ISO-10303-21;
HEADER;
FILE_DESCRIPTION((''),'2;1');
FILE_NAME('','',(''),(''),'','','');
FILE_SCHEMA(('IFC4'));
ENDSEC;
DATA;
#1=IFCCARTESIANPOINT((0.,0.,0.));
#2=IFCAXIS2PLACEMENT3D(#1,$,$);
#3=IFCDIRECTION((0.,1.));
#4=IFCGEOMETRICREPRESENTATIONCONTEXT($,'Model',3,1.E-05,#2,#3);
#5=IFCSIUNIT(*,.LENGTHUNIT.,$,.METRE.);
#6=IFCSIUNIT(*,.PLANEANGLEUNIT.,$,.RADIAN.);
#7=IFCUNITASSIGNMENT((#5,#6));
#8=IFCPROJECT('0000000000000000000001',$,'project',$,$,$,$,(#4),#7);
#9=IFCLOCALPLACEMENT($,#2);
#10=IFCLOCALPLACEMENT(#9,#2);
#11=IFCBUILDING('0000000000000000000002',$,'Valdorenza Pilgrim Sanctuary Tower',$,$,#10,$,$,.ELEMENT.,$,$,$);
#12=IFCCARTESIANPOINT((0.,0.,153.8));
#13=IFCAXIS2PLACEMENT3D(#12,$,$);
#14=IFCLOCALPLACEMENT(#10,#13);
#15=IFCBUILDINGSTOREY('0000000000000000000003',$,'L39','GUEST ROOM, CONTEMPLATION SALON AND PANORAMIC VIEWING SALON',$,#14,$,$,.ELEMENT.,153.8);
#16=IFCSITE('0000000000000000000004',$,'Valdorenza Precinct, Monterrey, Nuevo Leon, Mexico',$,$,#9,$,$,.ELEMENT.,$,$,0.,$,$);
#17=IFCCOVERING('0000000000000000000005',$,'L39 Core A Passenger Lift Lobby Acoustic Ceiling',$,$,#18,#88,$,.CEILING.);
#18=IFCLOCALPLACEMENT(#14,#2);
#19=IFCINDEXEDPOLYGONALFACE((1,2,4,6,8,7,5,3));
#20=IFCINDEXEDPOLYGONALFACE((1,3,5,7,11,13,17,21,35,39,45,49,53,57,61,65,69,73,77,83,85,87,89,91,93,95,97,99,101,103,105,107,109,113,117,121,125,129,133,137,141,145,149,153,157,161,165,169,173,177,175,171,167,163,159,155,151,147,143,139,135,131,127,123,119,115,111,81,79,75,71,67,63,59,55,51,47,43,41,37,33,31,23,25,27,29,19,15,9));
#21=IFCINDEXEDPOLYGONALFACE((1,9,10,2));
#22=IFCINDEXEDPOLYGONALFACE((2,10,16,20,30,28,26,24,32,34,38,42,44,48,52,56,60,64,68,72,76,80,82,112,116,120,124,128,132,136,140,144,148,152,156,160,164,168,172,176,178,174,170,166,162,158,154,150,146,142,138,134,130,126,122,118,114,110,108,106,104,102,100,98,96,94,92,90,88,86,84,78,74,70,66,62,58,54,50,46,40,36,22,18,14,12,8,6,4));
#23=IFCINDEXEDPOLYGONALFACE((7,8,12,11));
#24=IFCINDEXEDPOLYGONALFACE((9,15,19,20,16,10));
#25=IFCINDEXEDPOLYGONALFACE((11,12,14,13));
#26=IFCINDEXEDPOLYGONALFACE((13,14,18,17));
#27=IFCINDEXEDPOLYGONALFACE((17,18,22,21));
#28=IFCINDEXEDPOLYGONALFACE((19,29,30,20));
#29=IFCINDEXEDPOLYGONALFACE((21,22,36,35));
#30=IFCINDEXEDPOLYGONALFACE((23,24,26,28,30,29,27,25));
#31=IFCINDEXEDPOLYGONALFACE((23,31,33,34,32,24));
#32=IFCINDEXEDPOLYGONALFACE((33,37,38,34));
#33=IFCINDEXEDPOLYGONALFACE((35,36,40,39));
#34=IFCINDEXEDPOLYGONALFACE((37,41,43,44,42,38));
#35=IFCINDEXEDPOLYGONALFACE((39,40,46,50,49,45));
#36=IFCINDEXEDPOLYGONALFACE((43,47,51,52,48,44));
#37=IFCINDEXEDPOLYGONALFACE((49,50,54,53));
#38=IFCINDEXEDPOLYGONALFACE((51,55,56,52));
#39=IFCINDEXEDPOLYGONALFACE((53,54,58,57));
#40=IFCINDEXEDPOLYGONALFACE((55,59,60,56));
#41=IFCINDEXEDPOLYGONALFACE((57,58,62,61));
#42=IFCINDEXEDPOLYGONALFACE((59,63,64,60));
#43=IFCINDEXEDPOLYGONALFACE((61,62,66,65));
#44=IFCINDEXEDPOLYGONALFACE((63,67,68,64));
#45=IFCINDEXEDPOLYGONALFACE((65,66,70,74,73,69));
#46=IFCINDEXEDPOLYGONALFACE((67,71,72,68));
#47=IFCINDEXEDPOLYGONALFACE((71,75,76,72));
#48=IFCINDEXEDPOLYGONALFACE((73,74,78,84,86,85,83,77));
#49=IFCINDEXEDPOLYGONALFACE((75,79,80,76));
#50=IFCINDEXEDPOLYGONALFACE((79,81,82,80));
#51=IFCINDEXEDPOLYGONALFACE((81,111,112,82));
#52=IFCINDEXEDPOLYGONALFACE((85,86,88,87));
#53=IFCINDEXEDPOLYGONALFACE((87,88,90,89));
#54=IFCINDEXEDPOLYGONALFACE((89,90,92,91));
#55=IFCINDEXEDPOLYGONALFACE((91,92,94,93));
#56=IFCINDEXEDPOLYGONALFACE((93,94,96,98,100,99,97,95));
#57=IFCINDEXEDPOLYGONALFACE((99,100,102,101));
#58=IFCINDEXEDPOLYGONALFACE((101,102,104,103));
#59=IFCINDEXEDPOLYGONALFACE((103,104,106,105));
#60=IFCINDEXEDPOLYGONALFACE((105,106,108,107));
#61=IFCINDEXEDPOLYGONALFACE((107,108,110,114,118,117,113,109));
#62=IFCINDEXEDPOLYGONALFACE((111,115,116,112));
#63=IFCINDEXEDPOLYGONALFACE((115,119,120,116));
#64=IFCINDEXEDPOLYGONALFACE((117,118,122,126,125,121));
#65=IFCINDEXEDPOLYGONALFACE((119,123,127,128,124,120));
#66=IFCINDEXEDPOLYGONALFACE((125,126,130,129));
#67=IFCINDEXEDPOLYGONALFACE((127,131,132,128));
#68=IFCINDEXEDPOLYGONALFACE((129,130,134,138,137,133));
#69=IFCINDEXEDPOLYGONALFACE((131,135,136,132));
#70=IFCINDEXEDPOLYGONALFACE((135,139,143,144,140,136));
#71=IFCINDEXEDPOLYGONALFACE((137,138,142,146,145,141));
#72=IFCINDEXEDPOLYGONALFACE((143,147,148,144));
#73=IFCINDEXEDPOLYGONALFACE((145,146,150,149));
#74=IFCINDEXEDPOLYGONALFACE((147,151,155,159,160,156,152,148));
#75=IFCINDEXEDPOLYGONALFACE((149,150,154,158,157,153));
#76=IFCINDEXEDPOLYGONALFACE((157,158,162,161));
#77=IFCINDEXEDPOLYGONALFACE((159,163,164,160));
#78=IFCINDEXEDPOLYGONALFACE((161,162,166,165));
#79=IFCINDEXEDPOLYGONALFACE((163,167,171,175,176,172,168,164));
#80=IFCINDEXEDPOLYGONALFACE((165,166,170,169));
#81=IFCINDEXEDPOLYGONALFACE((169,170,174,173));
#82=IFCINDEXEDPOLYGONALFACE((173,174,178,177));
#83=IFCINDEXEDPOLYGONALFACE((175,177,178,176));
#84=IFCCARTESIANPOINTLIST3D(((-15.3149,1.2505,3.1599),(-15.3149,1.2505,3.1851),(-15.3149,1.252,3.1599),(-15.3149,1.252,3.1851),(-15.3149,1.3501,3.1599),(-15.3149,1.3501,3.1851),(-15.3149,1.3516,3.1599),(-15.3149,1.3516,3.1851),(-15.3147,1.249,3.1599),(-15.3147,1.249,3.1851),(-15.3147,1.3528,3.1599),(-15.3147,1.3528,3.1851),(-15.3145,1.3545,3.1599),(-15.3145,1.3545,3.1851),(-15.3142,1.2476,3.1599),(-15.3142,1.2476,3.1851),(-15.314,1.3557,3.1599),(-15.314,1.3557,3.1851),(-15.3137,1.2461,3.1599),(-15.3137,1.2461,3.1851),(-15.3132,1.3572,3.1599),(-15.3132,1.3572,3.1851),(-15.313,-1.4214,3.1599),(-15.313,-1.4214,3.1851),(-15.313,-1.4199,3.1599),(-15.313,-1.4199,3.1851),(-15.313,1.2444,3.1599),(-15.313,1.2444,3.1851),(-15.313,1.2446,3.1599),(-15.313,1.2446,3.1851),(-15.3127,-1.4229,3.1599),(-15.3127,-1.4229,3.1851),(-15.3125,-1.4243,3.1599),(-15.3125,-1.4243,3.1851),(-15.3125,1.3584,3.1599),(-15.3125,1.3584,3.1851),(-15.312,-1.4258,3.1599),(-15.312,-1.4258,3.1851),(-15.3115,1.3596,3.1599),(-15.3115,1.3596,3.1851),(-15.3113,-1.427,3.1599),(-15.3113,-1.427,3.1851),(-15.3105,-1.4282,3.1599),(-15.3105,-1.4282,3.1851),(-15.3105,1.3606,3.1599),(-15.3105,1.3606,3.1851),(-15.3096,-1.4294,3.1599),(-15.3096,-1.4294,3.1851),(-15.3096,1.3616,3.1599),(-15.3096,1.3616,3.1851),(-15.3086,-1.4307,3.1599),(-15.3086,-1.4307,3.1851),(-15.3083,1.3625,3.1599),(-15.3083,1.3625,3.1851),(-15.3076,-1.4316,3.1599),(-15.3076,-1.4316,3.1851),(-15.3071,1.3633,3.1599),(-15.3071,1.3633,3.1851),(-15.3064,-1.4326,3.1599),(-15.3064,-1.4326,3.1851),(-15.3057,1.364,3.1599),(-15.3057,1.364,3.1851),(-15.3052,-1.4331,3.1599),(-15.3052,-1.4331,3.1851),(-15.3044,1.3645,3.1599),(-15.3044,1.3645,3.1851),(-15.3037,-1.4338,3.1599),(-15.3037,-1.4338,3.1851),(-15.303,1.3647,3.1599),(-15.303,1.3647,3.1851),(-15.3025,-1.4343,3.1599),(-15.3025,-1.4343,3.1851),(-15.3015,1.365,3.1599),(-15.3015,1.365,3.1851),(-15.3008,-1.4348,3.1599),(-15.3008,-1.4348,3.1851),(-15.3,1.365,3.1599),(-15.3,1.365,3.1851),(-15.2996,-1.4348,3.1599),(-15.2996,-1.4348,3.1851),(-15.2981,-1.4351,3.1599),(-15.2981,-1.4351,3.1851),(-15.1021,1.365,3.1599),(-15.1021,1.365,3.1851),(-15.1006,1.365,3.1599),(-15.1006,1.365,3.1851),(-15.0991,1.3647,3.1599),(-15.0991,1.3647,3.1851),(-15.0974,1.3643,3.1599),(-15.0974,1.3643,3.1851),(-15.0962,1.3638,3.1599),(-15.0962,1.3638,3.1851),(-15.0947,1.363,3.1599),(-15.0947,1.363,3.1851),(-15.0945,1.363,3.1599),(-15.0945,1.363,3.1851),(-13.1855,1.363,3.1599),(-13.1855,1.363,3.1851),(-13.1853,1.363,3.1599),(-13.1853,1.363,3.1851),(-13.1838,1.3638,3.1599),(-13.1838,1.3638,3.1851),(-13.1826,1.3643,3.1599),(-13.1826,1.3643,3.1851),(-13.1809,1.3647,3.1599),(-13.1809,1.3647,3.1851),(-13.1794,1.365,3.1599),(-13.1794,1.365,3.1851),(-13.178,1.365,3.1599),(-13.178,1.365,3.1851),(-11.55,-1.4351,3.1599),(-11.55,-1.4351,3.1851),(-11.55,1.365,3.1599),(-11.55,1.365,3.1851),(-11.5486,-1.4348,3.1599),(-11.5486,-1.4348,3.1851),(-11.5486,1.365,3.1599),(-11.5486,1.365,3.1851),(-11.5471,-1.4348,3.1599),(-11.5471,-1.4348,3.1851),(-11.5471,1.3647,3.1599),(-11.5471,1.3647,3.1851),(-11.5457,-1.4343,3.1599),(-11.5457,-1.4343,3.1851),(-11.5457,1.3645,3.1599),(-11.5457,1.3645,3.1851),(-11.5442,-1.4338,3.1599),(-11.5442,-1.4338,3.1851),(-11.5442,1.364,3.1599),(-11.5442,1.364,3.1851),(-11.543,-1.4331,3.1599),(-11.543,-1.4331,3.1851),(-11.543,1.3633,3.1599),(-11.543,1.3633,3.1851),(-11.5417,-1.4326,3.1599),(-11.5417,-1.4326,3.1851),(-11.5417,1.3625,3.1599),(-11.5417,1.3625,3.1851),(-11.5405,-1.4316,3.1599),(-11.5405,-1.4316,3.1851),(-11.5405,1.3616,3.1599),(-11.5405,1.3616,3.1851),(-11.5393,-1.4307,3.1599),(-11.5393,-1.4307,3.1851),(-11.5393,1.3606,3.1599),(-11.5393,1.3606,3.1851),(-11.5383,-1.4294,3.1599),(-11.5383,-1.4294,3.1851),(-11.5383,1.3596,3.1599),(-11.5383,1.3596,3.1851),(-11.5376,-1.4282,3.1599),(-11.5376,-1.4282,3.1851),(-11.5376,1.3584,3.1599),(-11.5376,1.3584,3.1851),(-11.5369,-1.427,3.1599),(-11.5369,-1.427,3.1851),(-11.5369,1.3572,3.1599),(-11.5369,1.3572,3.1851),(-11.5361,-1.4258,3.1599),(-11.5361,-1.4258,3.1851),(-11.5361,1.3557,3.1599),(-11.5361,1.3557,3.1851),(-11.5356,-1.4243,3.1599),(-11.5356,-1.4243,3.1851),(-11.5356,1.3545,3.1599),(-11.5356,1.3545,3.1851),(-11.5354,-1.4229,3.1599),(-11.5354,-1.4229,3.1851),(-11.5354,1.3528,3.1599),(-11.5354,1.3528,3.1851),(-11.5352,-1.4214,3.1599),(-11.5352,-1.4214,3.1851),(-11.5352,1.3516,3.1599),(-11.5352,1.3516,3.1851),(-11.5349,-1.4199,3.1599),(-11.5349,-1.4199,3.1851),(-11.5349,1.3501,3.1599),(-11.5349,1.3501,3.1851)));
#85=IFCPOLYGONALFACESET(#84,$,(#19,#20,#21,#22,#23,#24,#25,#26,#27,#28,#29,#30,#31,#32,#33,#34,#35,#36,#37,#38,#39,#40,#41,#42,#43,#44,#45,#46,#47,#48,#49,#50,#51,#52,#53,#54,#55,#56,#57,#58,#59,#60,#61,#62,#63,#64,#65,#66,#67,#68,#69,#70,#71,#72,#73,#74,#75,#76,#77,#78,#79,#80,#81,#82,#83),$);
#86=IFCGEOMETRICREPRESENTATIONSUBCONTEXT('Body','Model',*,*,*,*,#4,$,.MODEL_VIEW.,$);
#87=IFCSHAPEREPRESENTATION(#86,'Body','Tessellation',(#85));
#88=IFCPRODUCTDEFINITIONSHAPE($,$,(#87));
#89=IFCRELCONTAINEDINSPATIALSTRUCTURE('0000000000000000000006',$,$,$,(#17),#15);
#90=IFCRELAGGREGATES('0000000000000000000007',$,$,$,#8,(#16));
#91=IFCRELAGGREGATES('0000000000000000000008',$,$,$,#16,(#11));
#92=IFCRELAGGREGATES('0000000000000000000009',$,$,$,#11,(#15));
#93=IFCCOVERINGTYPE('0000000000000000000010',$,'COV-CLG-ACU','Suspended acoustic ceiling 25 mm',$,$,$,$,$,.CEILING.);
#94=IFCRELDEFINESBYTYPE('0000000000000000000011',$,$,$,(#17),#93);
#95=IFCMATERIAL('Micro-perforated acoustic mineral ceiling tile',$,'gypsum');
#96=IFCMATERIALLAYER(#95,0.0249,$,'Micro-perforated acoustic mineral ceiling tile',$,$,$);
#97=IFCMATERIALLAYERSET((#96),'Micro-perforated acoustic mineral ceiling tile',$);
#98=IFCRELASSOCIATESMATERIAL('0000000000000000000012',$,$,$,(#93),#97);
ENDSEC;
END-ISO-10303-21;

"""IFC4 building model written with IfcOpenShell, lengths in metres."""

from ifc_helpers import new_model, si_unit, direction, frame, origin, place, context, subcontext, project, spatial, polyline, outline, extrude, material, layer, layer_set, type_object, element, save


model = new_model("IFC4")

# Units and contexts
model_context = context("Model", 3, precision=1e-05, world=origin(), true_north=direction((0.0, 1.0)))
body_context = subcontext(model_context, "Body", "Model", "MODEL_VIEW")
ifc_project = project(units=[si_unit("LENGTHUNIT", "METRE"), si_unit("PLANEANGLEUNIT", "RADIAN")], contexts=[model_context])

# Site, building, storey
site_placement = place(None, origin())
site = spatial("IfcSite", under=ifc_project, at=site_placement, Name="Valdorenza Precinct, Monterrey, Nuevo Leon, Mexico", CompositionType="ELEMENT", RefElevation=0.0)
building_placement = place(site_placement, origin())
building = spatial("IfcBuilding", under=site, at=building_placement, Name="Valdorenza Pilgrim Sanctuary Tower", CompositionType="ELEMENT")
storey_placement = place(building_placement, frame((0.0, 0.0, 153.8)))
storey = spatial("IfcBuildingStorey", under=building, at=storey_placement, Name="L39", Description="GUEST ROOM, CONTEMPLATION SALON AND PANORAMIC VIEWING SALON", CompositionType="ELEMENT", Elevation=153.8)

# Covering
ifc_material_1 = material(Name="Micro-perforated acoustic mineral ceiling tile", Category="gypsum")
ifc_layer_1 = layer(ifc_material_1, 0.0249, Name="Micro-perforated acoustic mineral ceiling tile")
ifc_layer_set_1 = layer_set([ifc_layer_1], Name="Micro-perforated acoustic mineral ceiling tile")
covering_type_1 = type_object("IfcCoveringType", Name="COV-CLG-ACU", Description="Suspended acoustic ceiling 25 mm", PredefinedType="CEILING", material=ifc_layer_set_1)
covering_1_placement = place(storey_placement, frame((0.0, 0.0, 3.1599)))
element("IfcCovering", 1, at=covering_1_placement, inside=storey, type_object=covering_type_1, Name="L39 Core A Passenger Lift Lobby Acoustic Ceiling", PredefinedType="CEILING", context=body_context, shape_type="SweptSolid", body=[
    extrude(outline(polyline([(-15.313, 1.2444), (-15.313, 1.2446), (-15.3137, 1.2461), (-15.3142, 1.2476), (-15.3147, 1.249), (-15.3149, 1.2505), (-15.3149, 1.252), (-15.3149, 1.3501), (-15.3149, 1.3516), (-15.3147, 1.3528), (-15.3145, 1.3545), (-15.314, 1.3557), (-15.3132, 1.3572), (-15.3125, 1.3584), (-15.3115, 1.3596), (-15.3105, 1.3606), (-15.3096, 1.3616), (-15.3083, 1.3625), (-15.3071, 1.3633), (-15.3057, 1.364), (-15.3044, 1.3645), (-15.303, 1.3647), (-15.3015, 1.365), (-15.3, 1.365), (-15.1021, 1.365), (-15.1006, 1.365), (-15.0991, 1.3647), (-15.0974, 1.3643), (-15.0962, 1.3638), (-15.0947, 1.363), (-15.0945, 1.363), (-13.1855, 1.363), (-13.1853, 1.363), (-13.1838, 1.3638), (-13.1826, 1.3643), (-13.1809, 1.3647), (-13.1794, 1.365), (-13.178, 1.365), (-11.55, 1.365), (-11.5486, 1.365), (-11.5471, 1.3647), (-11.5457, 1.3645), (-11.5442, 1.364), (-11.543, 1.3633), (-11.5417, 1.3625), (-11.5405, 1.3616), (-11.5393, 1.3606), (-11.5383, 1.3596), (-11.5376, 1.3584), (-11.5369, 1.3572), (-11.5361, 1.3557), (-11.5356, 1.3545), (-11.5354, 1.3528), (-11.5352, 1.3516), (-11.5349, 1.3501), (-11.5349, -1.4199), (-11.5352, -1.4214), (-11.5354, -1.4229), (-11.5356, -1.4243), (-11.5361, -1.4258), (-11.5369, -1.427), (-11.5376, -1.4282), (-11.5383, -1.4294), (-11.5393, -1.4307), (-11.5405, -1.4316), (-11.5417, -1.4326), (-11.543, -1.4331), (-11.5442, -1.4338), (-11.5457, -1.4343), (-11.5471, -1.4348), (-11.5486, -1.4348), (-11.55, -1.4351), (-15.2981, -1.4351), (-15.2996, -1.4348), (-15.3008, -1.4348), (-15.3025, -1.4343), (-15.3037, -1.4338), (-15.3052, -1.4331), (-15.3064, -1.4326), (-15.3076, -1.4316), (-15.3086, -1.4307), (-15.3096, -1.4294), (-15.3105, -1.4282), (-15.3113, -1.427), (-15.312, -1.4258), (-15.3125, -1.4243), (-15.3127, -1.4229), (-15.313, -1.4214), (-15.313, -1.4199), (-15.313, 1.2444)])), origin(), (0.0, 0.0, 1.0), 0.0251),
])

save(model, "model.ifc")
